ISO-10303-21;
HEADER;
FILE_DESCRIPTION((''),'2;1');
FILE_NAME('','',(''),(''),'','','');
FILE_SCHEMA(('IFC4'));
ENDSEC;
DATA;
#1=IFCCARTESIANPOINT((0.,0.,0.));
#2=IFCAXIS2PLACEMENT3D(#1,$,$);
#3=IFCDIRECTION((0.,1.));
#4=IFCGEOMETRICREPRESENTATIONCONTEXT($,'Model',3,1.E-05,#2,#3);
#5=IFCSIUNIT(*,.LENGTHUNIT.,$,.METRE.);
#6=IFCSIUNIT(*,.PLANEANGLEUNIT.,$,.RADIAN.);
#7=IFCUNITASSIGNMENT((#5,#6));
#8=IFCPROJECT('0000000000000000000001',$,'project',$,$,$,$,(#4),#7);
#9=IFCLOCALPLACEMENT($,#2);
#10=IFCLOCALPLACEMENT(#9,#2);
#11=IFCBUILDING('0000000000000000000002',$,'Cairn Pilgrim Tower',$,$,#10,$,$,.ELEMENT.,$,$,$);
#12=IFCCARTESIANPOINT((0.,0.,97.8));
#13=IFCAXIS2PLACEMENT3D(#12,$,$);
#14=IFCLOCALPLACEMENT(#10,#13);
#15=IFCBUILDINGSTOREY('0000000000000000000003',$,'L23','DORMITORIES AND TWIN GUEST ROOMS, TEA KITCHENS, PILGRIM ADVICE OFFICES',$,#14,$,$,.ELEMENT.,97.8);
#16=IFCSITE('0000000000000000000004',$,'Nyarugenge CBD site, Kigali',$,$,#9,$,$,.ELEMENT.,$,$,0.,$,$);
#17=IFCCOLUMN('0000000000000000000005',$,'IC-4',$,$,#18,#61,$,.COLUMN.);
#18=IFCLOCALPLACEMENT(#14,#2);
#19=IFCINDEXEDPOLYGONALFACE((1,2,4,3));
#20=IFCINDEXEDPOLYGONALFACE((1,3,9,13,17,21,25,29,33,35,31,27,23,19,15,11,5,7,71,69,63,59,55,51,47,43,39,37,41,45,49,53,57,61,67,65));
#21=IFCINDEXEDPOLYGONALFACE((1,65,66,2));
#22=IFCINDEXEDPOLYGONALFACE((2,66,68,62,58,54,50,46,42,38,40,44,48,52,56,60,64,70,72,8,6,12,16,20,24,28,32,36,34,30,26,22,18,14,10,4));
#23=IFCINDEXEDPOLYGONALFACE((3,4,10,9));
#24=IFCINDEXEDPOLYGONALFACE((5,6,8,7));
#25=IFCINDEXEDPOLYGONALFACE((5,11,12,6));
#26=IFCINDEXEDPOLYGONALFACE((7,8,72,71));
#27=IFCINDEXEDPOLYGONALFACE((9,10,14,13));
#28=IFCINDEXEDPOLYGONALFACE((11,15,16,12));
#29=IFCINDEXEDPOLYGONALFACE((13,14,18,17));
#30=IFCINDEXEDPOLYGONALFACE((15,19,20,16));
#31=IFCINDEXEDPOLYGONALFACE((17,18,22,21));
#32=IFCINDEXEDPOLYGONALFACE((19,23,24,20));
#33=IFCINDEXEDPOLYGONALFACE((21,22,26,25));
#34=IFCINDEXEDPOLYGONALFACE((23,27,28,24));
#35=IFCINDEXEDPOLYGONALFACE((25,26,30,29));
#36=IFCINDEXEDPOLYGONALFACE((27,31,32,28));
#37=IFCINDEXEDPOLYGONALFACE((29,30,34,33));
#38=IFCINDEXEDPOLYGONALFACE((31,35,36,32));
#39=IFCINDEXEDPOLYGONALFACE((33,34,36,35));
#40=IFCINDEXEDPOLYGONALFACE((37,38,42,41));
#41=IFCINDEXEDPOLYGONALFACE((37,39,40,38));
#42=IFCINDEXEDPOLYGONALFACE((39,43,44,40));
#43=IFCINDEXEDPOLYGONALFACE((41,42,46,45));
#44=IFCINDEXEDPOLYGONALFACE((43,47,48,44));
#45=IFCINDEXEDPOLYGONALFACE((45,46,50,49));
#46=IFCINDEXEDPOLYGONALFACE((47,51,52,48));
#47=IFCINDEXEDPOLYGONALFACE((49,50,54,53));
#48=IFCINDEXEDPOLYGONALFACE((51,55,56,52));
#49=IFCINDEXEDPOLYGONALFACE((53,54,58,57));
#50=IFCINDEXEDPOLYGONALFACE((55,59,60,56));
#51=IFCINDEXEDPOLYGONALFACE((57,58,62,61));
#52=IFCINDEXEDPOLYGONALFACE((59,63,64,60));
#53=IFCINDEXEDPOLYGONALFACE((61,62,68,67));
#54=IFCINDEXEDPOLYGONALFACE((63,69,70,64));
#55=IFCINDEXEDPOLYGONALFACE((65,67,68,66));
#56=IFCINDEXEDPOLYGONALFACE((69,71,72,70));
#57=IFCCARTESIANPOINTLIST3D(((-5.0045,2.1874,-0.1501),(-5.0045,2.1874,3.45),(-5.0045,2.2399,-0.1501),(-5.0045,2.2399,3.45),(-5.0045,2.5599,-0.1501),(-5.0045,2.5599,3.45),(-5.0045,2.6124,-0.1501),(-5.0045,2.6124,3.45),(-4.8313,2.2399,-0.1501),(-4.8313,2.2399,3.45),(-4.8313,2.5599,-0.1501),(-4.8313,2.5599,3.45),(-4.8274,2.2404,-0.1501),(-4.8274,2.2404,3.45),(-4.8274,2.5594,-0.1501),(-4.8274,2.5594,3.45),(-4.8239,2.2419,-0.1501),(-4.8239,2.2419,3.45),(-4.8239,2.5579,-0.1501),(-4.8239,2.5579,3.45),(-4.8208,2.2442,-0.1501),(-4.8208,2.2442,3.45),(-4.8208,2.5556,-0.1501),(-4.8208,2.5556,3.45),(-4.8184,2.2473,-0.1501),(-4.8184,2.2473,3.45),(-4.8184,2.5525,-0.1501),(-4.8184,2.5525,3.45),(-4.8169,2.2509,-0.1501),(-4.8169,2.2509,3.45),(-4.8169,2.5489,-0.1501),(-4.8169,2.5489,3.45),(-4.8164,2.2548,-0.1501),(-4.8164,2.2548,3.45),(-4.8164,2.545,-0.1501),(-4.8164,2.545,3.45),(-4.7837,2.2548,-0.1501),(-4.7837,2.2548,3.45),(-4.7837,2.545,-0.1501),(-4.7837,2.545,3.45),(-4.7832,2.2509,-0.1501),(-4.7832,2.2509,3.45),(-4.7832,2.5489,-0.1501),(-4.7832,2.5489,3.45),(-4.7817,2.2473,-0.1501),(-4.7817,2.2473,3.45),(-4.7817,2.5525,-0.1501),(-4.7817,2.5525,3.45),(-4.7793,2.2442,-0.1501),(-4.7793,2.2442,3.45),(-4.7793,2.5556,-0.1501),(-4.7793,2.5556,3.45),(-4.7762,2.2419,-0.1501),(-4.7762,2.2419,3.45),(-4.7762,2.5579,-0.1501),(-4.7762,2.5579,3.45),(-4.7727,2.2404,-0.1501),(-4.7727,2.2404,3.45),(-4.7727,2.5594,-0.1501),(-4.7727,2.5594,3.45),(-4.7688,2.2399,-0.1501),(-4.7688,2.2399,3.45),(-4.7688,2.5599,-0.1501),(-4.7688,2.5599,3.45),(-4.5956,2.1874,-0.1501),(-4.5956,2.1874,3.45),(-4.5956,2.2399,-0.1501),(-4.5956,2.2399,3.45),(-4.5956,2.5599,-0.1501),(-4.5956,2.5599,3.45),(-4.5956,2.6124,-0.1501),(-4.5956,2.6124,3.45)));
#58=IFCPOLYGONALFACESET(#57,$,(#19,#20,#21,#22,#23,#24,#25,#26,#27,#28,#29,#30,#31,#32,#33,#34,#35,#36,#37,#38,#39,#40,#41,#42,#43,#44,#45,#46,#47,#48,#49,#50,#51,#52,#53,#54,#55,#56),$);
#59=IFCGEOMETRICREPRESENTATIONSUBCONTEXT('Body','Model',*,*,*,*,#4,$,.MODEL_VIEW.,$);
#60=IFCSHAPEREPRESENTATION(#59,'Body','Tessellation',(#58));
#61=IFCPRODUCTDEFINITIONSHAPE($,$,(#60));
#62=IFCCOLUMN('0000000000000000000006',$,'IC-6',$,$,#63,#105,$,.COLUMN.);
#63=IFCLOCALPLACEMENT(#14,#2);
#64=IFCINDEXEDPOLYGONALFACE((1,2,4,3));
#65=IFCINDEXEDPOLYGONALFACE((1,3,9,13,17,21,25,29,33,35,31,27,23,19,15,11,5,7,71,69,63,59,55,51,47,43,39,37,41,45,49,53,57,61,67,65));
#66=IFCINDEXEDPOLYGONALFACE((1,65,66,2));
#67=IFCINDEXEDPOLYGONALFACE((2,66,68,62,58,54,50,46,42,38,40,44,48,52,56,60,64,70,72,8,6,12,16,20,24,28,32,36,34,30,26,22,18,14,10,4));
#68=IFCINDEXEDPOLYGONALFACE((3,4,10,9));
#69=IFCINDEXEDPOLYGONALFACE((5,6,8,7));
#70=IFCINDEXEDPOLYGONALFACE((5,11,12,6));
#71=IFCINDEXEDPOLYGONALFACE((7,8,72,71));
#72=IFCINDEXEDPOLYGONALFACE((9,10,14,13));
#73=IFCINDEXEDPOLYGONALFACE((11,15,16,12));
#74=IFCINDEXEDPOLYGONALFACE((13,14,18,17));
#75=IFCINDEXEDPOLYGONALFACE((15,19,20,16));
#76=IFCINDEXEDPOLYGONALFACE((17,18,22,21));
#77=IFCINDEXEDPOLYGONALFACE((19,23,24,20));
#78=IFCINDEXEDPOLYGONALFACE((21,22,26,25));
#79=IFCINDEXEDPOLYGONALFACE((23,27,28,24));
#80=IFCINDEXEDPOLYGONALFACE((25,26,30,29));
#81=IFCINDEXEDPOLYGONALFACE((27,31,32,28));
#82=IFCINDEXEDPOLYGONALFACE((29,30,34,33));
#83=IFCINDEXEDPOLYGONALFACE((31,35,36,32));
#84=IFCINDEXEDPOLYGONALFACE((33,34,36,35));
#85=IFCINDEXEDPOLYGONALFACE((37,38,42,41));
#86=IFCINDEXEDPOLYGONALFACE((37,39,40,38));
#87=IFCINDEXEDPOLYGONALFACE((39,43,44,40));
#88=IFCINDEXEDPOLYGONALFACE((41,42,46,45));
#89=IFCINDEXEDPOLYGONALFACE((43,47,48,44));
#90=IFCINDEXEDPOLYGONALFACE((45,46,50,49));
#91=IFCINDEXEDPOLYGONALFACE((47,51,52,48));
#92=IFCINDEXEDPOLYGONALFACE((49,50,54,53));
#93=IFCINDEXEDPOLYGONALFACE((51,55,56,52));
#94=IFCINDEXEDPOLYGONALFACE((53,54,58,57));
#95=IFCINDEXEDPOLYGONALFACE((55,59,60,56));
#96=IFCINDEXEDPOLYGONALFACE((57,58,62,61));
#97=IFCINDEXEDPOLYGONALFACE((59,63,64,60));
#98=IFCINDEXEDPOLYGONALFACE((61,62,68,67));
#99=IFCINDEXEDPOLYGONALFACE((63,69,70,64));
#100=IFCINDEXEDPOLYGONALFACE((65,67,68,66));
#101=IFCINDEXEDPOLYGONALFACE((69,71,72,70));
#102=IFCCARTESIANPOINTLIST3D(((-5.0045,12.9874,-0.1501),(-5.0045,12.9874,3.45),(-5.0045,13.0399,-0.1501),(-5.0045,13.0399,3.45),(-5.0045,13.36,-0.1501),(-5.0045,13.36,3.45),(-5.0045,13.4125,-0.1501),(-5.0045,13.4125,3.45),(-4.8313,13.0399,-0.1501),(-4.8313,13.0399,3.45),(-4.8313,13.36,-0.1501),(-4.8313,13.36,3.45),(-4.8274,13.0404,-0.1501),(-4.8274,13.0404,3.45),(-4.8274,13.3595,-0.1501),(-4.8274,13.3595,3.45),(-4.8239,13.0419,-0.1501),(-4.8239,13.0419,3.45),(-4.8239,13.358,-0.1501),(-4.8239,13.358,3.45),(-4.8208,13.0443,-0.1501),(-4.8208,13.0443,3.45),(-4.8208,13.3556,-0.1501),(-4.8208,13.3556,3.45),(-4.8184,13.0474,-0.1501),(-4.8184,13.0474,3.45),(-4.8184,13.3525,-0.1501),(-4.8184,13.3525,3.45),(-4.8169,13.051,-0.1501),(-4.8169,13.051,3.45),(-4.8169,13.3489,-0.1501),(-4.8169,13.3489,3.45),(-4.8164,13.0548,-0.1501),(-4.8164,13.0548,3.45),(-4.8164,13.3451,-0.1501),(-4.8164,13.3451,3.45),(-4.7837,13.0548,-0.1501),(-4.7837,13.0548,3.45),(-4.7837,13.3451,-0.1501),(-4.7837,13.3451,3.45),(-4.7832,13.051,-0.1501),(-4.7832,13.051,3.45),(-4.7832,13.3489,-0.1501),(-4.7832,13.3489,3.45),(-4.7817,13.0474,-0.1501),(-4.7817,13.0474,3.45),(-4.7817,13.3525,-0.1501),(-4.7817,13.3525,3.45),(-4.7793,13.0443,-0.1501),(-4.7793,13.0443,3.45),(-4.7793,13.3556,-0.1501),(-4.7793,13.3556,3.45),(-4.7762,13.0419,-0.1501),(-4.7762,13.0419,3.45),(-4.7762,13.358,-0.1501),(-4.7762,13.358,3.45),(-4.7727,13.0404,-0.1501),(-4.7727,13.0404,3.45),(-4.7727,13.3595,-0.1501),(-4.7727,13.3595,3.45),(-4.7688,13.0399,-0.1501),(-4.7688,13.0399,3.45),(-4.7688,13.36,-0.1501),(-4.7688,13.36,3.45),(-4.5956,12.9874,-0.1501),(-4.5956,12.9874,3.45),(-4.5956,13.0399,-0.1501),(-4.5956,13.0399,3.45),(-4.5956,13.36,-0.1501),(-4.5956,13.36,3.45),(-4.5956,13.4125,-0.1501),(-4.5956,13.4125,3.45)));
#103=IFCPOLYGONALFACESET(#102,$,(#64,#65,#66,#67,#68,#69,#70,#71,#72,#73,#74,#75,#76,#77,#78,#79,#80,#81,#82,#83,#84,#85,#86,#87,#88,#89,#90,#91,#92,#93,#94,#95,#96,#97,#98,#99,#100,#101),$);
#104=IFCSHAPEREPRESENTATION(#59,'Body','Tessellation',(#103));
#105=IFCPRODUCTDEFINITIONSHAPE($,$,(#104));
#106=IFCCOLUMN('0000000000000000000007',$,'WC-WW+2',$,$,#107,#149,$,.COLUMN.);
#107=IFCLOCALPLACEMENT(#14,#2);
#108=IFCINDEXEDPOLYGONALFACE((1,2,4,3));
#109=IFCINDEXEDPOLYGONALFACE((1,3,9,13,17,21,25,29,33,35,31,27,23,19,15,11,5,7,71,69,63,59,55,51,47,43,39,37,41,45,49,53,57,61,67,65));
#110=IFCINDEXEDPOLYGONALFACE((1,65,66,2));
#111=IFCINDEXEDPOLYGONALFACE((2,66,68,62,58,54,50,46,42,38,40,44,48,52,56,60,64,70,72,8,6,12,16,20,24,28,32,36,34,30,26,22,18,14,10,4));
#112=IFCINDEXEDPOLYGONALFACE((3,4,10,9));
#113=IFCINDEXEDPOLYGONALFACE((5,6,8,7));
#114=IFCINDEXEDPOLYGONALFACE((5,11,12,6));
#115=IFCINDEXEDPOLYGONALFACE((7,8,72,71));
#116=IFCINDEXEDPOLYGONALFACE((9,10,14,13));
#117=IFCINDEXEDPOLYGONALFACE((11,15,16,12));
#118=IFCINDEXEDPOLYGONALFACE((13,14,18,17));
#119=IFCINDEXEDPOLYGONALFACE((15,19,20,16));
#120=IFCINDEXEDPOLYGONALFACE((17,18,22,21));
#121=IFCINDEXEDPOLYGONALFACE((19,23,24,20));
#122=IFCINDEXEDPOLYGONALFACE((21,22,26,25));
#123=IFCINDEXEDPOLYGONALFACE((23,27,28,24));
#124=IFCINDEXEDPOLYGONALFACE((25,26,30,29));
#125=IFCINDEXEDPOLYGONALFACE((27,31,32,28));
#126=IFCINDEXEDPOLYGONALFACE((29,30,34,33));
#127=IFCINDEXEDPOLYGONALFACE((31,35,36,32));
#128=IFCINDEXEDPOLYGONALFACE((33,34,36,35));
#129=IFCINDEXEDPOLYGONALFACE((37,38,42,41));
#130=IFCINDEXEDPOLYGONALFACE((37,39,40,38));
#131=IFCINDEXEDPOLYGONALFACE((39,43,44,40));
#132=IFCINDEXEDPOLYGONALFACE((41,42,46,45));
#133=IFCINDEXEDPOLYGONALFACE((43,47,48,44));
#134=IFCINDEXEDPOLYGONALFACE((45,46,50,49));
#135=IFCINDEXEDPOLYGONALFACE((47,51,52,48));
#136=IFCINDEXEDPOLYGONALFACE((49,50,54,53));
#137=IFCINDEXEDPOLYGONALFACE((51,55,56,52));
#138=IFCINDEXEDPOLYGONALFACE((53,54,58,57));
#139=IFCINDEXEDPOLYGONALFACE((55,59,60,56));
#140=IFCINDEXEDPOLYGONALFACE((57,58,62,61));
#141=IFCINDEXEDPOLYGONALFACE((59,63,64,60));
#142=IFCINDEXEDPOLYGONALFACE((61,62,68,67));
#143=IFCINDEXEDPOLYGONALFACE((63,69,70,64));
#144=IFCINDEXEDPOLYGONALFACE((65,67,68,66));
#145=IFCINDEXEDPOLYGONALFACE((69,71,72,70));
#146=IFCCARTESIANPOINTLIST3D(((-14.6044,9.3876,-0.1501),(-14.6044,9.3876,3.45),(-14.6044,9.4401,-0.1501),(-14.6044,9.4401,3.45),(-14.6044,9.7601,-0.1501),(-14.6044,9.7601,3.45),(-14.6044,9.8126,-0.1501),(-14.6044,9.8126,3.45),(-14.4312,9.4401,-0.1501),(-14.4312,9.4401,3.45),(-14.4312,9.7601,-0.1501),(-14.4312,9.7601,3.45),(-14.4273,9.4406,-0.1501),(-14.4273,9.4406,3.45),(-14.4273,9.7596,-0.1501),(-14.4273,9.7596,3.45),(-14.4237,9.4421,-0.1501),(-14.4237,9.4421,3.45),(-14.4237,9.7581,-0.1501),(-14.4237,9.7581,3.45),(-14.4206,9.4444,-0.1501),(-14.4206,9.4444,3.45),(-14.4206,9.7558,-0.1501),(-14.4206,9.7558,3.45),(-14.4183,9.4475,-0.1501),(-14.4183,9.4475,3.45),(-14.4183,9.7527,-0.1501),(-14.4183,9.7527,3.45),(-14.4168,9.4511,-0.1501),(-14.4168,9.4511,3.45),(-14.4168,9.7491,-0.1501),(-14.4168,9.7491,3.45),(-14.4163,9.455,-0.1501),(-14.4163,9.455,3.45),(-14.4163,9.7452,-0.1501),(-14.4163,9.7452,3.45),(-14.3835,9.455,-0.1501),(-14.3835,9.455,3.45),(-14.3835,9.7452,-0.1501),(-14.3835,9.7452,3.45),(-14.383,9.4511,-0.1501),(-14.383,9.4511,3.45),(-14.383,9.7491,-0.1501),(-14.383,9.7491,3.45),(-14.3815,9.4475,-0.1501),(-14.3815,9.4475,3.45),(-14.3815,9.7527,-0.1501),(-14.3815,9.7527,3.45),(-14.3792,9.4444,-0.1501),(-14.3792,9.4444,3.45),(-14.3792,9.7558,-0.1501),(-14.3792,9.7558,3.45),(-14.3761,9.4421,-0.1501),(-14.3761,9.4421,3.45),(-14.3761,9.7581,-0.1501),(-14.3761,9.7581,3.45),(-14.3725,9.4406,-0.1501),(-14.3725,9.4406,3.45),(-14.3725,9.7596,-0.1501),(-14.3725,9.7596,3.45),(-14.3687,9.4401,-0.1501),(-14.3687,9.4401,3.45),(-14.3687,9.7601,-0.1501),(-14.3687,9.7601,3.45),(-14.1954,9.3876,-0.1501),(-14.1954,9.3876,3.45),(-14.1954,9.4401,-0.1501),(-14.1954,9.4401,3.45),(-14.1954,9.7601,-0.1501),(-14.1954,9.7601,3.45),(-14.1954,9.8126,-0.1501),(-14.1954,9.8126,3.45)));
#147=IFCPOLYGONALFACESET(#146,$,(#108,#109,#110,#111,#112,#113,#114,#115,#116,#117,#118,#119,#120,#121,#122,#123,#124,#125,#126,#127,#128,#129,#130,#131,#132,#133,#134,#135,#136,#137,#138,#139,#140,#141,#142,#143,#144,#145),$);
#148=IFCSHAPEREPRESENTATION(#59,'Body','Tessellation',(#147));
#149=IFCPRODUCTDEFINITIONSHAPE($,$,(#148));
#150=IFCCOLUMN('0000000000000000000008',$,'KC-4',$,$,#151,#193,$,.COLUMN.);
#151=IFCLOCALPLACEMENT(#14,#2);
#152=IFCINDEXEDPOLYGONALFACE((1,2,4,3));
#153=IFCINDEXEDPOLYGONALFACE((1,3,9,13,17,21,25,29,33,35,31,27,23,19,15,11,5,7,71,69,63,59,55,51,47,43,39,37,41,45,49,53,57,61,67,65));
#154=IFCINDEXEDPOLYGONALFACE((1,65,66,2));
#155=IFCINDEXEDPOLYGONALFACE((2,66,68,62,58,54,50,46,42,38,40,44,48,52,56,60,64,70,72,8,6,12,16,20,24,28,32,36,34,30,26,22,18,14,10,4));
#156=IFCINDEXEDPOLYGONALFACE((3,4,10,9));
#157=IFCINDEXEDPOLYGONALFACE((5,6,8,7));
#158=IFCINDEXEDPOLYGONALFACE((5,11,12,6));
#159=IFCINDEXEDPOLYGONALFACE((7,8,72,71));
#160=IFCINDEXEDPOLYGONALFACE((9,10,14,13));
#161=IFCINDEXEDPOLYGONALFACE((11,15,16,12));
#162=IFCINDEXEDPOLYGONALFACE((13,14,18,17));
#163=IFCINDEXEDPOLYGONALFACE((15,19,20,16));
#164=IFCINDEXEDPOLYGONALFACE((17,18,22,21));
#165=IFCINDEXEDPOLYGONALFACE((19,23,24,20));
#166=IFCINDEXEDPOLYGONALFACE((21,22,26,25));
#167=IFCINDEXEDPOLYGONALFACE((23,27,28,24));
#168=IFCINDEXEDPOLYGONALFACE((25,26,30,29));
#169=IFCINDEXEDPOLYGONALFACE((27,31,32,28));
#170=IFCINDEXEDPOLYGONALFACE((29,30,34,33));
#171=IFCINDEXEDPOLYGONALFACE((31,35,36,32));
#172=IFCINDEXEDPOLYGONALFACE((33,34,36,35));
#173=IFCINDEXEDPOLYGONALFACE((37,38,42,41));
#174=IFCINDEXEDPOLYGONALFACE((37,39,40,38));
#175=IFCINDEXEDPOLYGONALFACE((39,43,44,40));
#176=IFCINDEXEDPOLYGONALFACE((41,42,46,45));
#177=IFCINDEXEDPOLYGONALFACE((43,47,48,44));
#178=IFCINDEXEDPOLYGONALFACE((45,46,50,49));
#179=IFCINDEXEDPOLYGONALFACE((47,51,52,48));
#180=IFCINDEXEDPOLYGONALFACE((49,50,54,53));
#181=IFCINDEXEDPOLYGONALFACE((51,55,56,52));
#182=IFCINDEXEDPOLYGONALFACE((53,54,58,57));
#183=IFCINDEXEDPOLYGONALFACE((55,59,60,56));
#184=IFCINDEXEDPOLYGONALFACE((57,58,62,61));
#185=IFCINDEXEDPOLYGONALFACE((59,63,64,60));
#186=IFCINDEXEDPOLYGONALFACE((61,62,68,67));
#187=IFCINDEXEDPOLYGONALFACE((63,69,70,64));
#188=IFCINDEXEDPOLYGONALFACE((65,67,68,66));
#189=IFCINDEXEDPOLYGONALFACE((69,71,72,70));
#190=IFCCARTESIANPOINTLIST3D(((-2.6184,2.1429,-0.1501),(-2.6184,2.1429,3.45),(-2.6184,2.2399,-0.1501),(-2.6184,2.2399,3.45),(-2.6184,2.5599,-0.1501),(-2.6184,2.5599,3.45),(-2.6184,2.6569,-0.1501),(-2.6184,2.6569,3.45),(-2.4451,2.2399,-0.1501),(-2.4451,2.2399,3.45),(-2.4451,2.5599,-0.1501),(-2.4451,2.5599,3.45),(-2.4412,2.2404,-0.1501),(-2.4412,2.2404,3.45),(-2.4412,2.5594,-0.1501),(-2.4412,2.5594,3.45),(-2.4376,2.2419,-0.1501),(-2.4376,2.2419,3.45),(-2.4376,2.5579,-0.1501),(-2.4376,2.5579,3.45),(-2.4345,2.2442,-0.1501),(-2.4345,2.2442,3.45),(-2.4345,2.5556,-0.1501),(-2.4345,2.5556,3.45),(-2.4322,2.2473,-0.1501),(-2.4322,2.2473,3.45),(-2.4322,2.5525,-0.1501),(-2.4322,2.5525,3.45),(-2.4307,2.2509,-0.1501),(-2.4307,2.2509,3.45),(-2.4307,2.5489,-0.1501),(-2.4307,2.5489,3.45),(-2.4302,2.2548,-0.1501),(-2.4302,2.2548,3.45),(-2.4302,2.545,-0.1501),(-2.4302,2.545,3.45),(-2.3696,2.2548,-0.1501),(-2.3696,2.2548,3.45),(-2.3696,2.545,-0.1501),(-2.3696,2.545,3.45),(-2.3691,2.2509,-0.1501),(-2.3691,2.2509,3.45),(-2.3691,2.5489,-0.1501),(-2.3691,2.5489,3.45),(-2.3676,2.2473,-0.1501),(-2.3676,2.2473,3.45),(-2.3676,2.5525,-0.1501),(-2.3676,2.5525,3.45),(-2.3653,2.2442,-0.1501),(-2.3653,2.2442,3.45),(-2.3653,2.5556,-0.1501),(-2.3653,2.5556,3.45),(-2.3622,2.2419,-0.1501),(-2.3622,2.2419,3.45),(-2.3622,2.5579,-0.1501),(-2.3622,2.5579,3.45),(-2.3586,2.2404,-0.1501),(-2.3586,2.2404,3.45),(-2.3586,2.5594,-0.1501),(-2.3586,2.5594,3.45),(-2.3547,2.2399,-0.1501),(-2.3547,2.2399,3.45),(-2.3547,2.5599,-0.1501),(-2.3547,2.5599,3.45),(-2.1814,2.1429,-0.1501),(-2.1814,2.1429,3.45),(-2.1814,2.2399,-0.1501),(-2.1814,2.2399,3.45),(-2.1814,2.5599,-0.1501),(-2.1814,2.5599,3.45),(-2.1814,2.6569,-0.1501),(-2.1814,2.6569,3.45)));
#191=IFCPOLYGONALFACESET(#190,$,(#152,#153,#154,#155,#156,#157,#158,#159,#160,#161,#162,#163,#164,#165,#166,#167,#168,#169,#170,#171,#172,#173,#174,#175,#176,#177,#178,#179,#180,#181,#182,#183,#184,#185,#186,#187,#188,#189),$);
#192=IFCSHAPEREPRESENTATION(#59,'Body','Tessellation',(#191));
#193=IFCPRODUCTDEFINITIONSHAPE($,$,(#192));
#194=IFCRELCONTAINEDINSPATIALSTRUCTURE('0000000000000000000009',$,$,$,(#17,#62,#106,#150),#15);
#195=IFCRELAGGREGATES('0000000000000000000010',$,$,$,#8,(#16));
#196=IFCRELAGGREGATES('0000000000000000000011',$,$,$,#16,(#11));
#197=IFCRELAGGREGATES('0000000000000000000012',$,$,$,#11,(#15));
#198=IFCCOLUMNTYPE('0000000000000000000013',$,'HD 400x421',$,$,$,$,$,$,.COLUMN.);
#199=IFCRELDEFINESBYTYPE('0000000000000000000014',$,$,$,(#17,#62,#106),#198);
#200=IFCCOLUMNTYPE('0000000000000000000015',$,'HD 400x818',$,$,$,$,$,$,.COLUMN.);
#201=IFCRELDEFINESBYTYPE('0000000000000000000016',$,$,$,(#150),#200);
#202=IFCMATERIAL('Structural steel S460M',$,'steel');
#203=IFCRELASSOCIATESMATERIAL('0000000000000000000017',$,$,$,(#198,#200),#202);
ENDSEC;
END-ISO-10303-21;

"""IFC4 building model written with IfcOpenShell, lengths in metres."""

from ifc_helpers import new_model, si_unit, direction, frame, origin, origin_2d, place, context, subcontext, project, spatial, i_section, extrude, material, material_profile, profile_set, type_object, element, save


model = new_model("IFC4")

# Units and contexts
model_context = context("Model", 3, precision=1e-05, world=origin(), true_north=direction((0.0, 1.0)))
body_context = subcontext(model_context, "Body", "Model", "MODEL_VIEW")
ifc_project = project(units=[si_unit("LENGTHUNIT", "METRE"), si_unit("PLANEANGLEUNIT", "RADIAN")], contexts=[model_context])

# Site, building, storey
site_placement = place(None, origin())
site = spatial("IfcSite", under=ifc_project, at=site_placement, Name="Nyarugenge CBD site, Kigali", CompositionType="ELEMENT", RefElevation=0.0)
building_placement = place(site_placement, origin())
building = spatial("IfcBuilding", under=site, at=building_placement, Name="Cairn Pilgrim Tower", CompositionType="ELEMENT")
storey_placement = place(building_placement, frame((0.0, 0.0, 97.8)))
storey = spatial("IfcBuildingStorey", under=building, at=storey_placement, Name="L23", Description="DORMITORIES AND TWIN GUEST ROOMS, TEA KITCHENS, PILGRIM ADVICE OFFICES", CompositionType="ELEMENT", Elevation=97.8)

# Columns
ifc_material_1 = material(Name="Structural steel S460M", Category="steel")
ifc_material_profile_1 = material_profile(ifc_material_1, i_section(OverallWidth=0.4089, OverallDepth=0.425, WebThickness=0.0327, FlangeThickness=0.0525, FilletRadius=0.0149, at=origin_2d()), Name="HD 400x421")
ifc_profile_set_1 = profile_set([ifc_material_profile_1], Name="Structural steel S460M")
column_type_1 = type_object("IfcColumnType", Name="HD 400x421", PredefinedType="COLUMN", material=ifc_profile_set_1)
for number, where, z_axis, x_axis, name in (
    (1, (-4.8, 2.3999, -0.1501), (0.0, 0.0, 1.0), (1.0, 0.0, 0.0), "IC-4"),
    (2, (-4.8, 13.2, -0.1501), (0.0, 0.0, 1.0), (1.0, 0.0, 0.0), "IC-6"),
    (3, (-14.3999, 9.6001, -0.1501), (0.0, 0.0, 1.0), (1.0, 0.0, 0.0), "WC-WW+2"),
):
    element("IfcColumn", number, at=place(storey_placement, frame(where, z_axis=z_axis, x_axis=x_axis)), inside=storey, type_object=column_type_1, Name=name, PredefinedType="COLUMN", context=body_context, shape_type="SweptSolid", body=[
        extrude(i_section(OverallWidth=0.4089, OverallDepth=0.425, WebThickness=0.0327, FlangeThickness=0.0525, FilletRadius=0.0149, at=origin_2d()), origin(), (0.0, 0.0, 1.0), 3.6001),
    ])
ifc_material_profile_2 = material_profile(ifc_material_1, i_section(OverallWidth=0.437, OverallDepth=0.5139, WebThickness=0.0605, FlangeThickness=0.0969, FilletRadius=0.0149, at=origin_2d()), Name="HD 400x818")
ifc_profile_set_2 = profile_set([ifc_material_profile_2], Name="Structural steel S460M")
column_type_2 = type_object("IfcColumnType", Name="HD 400x818", PredefinedType="COLUMN", material=ifc_profile_set_2)
for number, where, z_axis, x_axis, name in (
    (4, (-2.3999, 2.3999, -0.1501), (0.0, 0.0, 1.0), (1.0, 0.0, 0.0), "KC-4"),
):
    element("IfcColumn", number, at=place(storey_placement, frame(where, z_axis=z_axis, x_axis=x_axis)), inside=storey, type_object=column_type_2, Name=name, PredefinedType="COLUMN", context=body_context, shape_type="SweptSolid", body=[
        extrude(i_section(OverallWidth=0.437, OverallDepth=0.5139, WebThickness=0.0605, FlangeThickness=0.0969, FilletRadius=0.0149, at=origin_2d()), origin(), (0.0, 0.0, 1.0), 3.6001),
    ])

save(model, "model.ifc")
